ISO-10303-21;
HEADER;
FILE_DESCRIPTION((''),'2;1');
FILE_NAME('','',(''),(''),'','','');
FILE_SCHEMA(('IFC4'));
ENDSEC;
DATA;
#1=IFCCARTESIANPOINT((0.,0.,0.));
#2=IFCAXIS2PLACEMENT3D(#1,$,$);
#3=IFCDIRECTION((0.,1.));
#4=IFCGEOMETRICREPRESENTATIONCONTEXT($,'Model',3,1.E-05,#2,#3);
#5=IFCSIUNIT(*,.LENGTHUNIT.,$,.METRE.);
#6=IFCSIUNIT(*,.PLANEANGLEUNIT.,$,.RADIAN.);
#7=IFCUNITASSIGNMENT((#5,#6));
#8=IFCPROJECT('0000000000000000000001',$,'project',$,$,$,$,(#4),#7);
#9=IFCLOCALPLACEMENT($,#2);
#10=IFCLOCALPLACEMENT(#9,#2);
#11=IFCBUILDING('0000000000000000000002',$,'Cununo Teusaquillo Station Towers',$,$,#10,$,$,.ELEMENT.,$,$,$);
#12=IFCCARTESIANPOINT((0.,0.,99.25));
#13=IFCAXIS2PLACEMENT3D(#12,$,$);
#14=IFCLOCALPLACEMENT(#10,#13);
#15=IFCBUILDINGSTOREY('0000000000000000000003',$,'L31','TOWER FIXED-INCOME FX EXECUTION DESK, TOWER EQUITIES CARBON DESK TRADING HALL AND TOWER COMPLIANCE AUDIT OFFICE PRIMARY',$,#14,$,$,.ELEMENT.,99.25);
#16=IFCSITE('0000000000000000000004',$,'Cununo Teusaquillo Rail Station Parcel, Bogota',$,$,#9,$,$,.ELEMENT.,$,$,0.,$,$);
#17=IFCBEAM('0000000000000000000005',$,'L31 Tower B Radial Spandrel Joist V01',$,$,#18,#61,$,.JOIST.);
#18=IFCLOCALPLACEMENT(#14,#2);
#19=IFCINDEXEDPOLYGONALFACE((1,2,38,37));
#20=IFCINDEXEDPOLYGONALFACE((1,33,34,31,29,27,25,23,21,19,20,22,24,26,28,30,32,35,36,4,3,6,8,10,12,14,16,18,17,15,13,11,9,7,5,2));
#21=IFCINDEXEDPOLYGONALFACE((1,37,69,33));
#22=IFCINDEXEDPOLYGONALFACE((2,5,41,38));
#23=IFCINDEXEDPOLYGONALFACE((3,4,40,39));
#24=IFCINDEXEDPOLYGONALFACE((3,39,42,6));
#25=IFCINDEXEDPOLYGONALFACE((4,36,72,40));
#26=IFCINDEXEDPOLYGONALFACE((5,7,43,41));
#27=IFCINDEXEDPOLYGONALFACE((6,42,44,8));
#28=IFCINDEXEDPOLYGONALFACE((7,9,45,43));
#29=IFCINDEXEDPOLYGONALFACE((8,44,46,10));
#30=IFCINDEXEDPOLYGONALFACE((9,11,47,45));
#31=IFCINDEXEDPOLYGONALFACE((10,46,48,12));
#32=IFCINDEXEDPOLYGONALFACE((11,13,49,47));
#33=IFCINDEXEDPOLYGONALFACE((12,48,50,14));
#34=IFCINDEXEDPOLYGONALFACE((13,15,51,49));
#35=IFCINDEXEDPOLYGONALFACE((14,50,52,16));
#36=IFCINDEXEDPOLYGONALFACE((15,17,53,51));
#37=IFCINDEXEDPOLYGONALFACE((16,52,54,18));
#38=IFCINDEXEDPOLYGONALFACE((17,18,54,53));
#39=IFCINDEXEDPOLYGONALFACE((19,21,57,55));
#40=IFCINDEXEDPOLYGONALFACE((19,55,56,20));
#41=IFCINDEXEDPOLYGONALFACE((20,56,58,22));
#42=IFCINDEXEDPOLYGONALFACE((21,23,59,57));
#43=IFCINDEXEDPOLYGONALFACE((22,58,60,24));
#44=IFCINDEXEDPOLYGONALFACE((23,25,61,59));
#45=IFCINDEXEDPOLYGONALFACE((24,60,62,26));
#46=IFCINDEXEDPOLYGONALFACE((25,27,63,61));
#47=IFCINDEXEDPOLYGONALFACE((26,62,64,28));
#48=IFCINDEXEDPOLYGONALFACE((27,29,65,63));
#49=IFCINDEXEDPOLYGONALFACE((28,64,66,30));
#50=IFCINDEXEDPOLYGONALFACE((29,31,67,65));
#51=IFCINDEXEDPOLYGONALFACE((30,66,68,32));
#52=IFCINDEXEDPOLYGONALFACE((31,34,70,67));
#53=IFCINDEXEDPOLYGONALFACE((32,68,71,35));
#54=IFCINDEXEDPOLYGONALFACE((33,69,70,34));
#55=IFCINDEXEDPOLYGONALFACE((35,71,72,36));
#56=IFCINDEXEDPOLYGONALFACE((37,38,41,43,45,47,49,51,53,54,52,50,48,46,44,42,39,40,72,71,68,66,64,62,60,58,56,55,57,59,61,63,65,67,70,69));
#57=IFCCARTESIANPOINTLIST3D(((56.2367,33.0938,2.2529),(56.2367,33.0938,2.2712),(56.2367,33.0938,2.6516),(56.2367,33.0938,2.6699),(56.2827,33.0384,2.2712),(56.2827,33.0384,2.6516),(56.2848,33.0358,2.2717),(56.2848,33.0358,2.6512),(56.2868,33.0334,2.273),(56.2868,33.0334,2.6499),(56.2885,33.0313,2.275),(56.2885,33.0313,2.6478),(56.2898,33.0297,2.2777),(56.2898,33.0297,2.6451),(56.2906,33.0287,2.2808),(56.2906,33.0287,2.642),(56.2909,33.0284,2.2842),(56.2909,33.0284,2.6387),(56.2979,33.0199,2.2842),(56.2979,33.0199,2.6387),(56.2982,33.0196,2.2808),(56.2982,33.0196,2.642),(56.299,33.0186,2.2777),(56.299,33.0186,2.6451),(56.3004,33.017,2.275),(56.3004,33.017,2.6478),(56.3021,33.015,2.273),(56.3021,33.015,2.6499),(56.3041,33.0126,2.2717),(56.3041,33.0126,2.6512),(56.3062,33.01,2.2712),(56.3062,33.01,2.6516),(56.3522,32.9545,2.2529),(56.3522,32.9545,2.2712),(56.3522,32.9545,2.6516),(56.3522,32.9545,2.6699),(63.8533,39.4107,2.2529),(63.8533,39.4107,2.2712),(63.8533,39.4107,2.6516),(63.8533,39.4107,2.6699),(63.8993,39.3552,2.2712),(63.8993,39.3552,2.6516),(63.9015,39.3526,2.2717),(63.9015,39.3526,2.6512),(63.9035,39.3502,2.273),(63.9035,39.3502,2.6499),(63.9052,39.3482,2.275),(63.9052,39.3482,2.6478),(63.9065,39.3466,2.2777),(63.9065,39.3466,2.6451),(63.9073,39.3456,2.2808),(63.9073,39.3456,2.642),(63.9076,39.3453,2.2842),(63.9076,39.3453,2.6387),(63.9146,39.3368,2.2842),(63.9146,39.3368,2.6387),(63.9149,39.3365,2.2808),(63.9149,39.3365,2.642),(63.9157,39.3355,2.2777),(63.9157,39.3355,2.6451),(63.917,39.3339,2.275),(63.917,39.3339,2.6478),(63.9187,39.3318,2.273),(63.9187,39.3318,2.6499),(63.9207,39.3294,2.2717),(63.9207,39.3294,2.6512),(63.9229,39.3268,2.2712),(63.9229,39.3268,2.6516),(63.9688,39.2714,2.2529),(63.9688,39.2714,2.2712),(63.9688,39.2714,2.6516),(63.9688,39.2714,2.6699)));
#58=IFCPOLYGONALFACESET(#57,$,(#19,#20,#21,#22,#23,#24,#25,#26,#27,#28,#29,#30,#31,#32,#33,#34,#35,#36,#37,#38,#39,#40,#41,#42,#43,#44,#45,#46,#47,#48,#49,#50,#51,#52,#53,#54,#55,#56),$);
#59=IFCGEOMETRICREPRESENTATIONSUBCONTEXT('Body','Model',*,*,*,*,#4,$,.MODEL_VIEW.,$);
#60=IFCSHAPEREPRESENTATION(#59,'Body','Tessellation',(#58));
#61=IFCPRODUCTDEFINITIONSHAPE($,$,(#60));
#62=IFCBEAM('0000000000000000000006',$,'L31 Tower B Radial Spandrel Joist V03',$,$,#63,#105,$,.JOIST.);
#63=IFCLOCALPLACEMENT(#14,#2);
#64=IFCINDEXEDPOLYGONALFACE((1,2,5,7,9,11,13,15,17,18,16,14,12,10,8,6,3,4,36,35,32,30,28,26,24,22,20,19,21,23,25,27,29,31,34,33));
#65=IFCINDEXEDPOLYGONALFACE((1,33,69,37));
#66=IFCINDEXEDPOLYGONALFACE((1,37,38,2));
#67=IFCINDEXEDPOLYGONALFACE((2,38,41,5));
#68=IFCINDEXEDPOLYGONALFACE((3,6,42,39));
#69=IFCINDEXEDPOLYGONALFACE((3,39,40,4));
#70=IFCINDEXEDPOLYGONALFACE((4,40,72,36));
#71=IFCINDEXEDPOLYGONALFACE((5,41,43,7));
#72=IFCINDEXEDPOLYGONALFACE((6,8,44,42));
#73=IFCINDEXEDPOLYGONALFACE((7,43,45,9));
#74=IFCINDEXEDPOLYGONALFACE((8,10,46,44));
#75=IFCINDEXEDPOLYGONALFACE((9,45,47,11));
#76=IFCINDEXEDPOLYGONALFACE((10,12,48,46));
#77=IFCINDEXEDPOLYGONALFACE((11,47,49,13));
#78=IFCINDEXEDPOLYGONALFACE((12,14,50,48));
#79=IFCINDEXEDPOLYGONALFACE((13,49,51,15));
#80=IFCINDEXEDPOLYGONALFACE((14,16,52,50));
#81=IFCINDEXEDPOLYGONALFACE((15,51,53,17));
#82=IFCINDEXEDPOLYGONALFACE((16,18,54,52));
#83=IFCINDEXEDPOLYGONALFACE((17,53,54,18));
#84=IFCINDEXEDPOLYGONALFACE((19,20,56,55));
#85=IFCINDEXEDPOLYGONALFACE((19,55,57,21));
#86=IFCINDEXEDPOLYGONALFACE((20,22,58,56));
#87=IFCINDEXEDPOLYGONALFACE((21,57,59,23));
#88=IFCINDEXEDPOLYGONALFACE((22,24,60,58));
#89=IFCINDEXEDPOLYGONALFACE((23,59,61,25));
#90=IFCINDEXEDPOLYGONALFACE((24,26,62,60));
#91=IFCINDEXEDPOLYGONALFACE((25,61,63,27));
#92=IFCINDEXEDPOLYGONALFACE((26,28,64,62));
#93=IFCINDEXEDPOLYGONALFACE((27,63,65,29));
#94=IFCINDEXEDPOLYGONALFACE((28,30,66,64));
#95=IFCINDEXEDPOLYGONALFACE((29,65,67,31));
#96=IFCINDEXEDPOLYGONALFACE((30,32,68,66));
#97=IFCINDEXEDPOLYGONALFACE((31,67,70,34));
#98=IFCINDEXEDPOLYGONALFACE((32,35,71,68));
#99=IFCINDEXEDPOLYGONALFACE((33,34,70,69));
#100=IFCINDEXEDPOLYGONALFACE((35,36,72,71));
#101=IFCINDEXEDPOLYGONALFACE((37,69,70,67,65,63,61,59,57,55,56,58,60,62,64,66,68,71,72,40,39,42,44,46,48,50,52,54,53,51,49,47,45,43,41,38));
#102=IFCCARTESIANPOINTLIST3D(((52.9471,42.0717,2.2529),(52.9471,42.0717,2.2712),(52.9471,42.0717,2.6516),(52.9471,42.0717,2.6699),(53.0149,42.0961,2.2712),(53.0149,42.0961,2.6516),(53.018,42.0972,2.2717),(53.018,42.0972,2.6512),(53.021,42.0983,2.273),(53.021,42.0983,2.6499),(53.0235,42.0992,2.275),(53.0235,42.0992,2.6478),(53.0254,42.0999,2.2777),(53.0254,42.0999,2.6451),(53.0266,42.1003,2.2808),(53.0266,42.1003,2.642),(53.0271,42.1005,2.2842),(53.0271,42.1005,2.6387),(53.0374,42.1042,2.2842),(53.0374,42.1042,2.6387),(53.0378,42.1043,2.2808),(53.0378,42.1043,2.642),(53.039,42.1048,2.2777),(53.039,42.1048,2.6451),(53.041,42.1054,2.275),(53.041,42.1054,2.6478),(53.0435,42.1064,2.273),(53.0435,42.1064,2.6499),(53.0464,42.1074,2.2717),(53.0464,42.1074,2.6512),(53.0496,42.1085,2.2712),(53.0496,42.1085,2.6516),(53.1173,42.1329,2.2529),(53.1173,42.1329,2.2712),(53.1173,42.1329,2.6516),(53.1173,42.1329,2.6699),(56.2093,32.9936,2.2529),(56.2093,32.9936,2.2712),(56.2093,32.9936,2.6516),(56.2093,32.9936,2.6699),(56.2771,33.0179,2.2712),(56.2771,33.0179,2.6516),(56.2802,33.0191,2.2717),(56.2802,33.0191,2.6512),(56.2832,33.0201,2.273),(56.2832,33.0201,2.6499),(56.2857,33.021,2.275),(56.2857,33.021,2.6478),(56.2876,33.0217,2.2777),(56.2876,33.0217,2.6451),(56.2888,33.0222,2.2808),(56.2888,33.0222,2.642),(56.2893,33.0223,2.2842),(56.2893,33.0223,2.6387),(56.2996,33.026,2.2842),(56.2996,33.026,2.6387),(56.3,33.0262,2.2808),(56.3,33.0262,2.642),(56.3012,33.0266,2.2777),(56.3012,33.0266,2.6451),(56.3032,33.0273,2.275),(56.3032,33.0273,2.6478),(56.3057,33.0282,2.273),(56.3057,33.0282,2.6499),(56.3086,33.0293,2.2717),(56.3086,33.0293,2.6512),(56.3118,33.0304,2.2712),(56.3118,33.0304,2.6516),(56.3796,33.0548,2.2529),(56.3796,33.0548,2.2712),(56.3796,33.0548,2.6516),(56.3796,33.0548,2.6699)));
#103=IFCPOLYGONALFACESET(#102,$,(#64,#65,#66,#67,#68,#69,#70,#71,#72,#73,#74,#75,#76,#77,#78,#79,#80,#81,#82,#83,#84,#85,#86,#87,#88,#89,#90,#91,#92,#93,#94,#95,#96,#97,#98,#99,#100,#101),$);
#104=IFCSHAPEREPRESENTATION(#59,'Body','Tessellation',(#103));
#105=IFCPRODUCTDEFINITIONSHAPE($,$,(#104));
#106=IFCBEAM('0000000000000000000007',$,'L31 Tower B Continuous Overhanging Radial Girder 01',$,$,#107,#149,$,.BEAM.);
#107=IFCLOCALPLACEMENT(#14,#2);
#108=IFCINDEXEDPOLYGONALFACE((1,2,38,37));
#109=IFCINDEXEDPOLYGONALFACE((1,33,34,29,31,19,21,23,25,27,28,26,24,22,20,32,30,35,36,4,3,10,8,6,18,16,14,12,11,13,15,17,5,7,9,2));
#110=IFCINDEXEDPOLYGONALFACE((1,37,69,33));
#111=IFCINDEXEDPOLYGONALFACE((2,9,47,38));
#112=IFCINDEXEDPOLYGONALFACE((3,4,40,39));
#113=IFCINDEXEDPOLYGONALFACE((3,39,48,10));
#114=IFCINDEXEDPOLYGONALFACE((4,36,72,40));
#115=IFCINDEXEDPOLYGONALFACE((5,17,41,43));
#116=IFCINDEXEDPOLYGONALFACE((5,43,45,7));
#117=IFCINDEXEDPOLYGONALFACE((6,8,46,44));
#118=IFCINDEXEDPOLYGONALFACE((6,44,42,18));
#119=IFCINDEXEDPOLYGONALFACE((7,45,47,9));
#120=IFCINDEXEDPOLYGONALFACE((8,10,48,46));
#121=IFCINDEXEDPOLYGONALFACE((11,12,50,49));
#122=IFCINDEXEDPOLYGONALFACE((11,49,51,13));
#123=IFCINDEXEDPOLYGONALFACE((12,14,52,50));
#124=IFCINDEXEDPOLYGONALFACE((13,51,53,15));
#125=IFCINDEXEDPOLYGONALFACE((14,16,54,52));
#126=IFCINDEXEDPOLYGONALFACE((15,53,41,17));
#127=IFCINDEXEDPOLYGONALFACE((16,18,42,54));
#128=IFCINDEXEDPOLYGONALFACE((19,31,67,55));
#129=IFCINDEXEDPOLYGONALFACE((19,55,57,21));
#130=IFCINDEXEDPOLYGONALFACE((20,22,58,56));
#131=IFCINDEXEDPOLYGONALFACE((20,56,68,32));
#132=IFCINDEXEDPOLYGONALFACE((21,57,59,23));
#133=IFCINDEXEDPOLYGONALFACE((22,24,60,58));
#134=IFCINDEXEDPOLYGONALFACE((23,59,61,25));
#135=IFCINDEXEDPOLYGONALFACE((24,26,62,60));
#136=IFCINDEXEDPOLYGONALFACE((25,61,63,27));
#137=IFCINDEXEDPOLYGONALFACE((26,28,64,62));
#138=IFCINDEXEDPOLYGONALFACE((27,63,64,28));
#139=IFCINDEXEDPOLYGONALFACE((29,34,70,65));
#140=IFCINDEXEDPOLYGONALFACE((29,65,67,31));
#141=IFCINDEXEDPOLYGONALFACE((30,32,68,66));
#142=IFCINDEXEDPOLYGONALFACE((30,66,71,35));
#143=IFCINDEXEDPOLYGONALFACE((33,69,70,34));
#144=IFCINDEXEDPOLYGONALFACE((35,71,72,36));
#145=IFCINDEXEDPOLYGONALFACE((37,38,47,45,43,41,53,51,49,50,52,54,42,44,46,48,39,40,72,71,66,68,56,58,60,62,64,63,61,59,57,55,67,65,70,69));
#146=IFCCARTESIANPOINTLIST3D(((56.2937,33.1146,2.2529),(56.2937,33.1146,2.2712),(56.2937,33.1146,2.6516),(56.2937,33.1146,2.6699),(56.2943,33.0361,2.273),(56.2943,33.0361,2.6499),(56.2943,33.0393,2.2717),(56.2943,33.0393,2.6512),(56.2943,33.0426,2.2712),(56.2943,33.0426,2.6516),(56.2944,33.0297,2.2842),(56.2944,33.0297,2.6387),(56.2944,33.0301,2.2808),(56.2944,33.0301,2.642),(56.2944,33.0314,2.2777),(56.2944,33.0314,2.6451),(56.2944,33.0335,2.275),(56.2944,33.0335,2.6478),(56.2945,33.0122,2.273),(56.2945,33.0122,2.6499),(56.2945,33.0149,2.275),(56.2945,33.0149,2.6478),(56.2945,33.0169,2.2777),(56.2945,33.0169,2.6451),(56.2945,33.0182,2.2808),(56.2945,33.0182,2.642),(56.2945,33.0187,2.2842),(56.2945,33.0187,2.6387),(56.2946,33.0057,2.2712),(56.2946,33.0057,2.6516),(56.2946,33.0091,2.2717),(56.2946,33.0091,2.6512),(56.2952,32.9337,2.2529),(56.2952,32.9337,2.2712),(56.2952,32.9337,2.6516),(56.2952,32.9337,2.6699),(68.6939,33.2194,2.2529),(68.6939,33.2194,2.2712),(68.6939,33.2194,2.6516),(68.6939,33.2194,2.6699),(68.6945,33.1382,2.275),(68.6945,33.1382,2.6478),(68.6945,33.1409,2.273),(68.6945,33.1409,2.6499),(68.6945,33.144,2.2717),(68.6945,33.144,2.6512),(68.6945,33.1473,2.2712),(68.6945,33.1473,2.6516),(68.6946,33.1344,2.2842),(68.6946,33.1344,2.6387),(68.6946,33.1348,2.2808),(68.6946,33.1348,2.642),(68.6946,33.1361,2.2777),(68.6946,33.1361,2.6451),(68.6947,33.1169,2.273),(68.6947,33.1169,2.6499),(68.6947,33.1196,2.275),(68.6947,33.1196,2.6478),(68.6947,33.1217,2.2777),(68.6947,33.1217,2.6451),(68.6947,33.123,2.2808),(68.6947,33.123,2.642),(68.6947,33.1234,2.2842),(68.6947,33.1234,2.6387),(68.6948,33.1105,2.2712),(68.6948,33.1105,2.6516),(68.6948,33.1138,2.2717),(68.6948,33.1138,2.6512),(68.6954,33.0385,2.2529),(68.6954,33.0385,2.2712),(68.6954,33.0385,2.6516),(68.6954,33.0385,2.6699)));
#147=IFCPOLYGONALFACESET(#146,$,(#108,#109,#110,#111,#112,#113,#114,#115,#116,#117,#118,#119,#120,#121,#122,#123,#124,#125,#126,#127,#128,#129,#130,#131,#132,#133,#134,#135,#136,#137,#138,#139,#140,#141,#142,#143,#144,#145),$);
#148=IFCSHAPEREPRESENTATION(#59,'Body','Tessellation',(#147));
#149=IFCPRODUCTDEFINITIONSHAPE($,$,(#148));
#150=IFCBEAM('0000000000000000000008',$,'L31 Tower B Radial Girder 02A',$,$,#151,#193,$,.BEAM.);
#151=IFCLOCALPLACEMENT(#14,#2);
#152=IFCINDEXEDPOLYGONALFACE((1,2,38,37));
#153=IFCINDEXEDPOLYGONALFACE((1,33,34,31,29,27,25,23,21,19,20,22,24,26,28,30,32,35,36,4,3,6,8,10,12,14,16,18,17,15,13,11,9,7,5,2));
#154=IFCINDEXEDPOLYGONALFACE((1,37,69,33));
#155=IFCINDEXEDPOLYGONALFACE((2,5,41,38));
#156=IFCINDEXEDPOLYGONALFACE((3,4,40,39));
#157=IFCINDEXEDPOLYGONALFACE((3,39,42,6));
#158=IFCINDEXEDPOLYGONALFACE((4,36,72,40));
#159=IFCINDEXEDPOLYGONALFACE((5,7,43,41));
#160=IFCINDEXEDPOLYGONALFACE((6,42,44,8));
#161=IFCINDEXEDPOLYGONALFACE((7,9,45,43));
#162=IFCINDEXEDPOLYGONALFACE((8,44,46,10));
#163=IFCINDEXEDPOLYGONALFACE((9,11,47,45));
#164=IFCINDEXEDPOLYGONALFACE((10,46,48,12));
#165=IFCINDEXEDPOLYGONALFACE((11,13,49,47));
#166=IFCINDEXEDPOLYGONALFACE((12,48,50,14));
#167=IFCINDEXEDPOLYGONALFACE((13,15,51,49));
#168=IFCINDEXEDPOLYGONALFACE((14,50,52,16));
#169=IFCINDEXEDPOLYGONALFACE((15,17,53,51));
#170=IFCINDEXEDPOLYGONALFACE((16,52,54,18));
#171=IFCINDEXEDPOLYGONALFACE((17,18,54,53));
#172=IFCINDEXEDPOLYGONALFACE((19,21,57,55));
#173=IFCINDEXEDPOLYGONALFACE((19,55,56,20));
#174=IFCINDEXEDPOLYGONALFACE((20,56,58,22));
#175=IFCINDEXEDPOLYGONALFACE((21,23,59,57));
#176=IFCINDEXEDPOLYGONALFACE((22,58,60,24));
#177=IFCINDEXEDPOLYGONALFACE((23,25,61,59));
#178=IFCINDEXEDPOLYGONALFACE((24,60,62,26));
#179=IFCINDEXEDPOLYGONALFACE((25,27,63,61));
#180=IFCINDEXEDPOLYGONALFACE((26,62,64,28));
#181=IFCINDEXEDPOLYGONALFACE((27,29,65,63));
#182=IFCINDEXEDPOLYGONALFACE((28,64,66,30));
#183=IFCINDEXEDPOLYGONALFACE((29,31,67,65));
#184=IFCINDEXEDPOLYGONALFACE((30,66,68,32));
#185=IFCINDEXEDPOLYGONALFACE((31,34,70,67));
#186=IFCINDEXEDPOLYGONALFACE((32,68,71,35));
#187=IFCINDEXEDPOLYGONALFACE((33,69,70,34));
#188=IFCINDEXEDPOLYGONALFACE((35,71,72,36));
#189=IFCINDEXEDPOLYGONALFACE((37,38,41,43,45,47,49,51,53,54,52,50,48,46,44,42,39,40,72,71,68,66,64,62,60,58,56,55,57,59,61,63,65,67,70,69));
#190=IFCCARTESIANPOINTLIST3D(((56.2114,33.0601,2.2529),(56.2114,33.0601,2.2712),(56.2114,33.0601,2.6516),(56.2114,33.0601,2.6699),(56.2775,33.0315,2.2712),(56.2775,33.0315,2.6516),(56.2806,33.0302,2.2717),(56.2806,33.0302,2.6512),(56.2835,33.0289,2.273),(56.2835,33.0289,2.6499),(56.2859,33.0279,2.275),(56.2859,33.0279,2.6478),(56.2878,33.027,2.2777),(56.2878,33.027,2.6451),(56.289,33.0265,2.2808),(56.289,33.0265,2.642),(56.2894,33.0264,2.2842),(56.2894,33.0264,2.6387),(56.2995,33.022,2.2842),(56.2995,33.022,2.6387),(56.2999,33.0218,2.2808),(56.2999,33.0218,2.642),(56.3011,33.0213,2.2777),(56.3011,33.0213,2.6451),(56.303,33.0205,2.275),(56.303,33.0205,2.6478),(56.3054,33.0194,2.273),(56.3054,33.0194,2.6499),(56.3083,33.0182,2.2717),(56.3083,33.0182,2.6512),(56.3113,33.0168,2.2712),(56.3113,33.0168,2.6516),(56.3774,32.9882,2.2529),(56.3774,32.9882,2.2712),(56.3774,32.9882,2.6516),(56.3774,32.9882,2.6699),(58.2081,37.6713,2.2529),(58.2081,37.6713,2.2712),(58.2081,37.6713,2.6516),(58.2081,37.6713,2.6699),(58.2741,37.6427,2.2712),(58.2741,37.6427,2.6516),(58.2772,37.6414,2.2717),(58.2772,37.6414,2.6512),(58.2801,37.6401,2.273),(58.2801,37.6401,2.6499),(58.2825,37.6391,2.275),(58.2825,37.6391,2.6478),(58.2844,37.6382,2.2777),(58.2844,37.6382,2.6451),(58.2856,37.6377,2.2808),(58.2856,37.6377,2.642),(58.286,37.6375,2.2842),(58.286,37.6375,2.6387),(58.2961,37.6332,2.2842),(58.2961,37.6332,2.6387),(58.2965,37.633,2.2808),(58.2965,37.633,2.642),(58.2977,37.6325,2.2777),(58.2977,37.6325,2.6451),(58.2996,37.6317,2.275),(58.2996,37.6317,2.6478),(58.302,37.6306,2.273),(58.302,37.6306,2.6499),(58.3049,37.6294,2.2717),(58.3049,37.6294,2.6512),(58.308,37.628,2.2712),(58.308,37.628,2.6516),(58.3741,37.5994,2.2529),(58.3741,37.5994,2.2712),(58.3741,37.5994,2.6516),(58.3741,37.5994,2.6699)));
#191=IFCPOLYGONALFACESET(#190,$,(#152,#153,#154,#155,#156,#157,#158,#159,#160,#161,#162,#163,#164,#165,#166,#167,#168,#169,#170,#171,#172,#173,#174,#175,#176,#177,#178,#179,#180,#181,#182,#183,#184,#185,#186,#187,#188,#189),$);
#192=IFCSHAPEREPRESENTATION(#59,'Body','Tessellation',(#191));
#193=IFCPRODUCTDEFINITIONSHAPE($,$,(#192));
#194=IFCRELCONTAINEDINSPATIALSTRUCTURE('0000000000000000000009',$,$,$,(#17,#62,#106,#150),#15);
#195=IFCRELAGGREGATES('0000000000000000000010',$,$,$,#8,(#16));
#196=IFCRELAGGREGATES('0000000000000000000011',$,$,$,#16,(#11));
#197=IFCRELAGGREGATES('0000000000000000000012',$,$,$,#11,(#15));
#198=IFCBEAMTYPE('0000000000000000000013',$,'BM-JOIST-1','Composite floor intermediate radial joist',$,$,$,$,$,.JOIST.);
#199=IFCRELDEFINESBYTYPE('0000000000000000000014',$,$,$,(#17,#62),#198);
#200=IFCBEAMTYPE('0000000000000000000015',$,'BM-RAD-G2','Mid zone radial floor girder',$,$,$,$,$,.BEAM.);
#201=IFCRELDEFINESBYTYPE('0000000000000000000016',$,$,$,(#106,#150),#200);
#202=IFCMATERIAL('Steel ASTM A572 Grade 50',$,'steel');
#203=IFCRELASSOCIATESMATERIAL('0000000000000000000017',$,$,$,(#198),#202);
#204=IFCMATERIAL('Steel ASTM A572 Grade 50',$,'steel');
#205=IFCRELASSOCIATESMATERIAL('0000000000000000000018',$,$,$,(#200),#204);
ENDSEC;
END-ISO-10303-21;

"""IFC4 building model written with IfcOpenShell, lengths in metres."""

from ifc_helpers import new_model, si_unit, direction, frame, origin, origin_2d, place, context, subcontext, project, spatial, i_section, extrude, material, material_profile, profile_set, type_object, element, save


model = new_model("IFC4")

# Units and contexts
model_context = context("Model", 3, precision=1e-05, world=origin(), true_north=direction((0.0, 1.0)))
body_context = subcontext(model_context, "Body", "Model", "MODEL_VIEW")
ifc_project = project(units=[si_unit("LENGTHUNIT", "METRE"), si_unit("PLANEANGLEUNIT", "RADIAN")], contexts=[model_context])

# Site, building, storey
site_placement = place(None, origin())
site = spatial("IfcSite", under=ifc_project, at=site_placement, Name="Cununo Teusaquillo Rail Station Parcel, Bogota", CompositionType="ELEMENT", RefElevation=0.0)
building_placement = place(site_placement, origin())
building = spatial("IfcBuilding", under=site, at=building_placement, Name="Cununo Teusaquillo Station Towers", CompositionType="ELEMENT")
storey_placement = place(building_placement, frame((0.0, 0.0, 99.25)))
storey = spatial("IfcBuildingStorey", under=building, at=storey_placement, Name="L31", Description="TOWER FIXED-INCOME FX EXECUTION DESK, TOWER EQUITIES CARBON DESK TRADING HALL AND TOWER COMPLIANCE AUDIT OFFICE PRIMARY", CompositionType="ELEMENT", Elevation=99.25)

# Beams
ifc_material_1 = material(Name="Steel ASTM A572 Grade 50", Category="steel")
ifc_material_profile_1 = material_profile(ifc_material_1, i_section(OverallWidth=0.1809, OverallDepth=0.417, WebThickness=0.011, FlangeThickness=0.0183, FilletRadius=0.0129, at=origin_2d()), Name="W16X57")
ifc_profile_set_1 = profile_set([ifc_material_profile_1], Name="Steel ASTM A572 Grade 50")
beam_type_1 = type_object("IfcBeamType", Name="BM-JOIST-1", Description="Composite floor intermediate radial joist", PredefinedType="JOIST", material=ifc_profile_set_1)
beam_1_placement = place(storey_placement, frame((56.2944, 33.0242, 2.4614), z_axis=(0.769728, 0.638372, 0.0), x_axis=(-0.638372, 0.769728, 0.0)))
element("IfcBeam", 1, at=beam_1_placement, inside=storey, type_object=beam_type_1, Name="L31 Tower B Radial Spandrel Joist V01", PredefinedType="JOIST", context=body_context, shape_type="SweptSolid", body=[
    extrude(i_section(OverallWidth=0.1809, OverallDepth=0.417, WebThickness=0.011, FlangeThickness=0.0183, FilletRadius=0.0129, at=origin_2d()), origin(), (0.0, 0.0, 1.0), 9.8953),
])
beam_2_placement = place(storey_placement, frame((56.2944, 33.0242, 2.4614), z_axis=(-0.338176, 0.941083, 0.0), x_axis=(-0.941083, -0.338176, 0.0)))
element("IfcBeam", 2, at=beam_2_placement, inside=storey, type_object=beam_type_1, Name="L31 Tower B Radial Spandrel Joist V03", PredefinedType="JOIST", context=body_context, shape_type="SweptSolid", body=[
    extrude(i_section(OverallWidth=0.1809, OverallDepth=0.417, WebThickness=0.011, FlangeThickness=0.0183, FilletRadius=0.0129, at=origin_2d()), origin(), (0.0, 0.0, 1.0), 9.6465),
])
ifc_material_2 = material(Name="Steel ASTM A572 Grade 50", Category="steel")
ifc_material_profile_2 = material_profile(ifc_material_2, i_section(OverallWidth=0.1809, OverallDepth=0.417, WebThickness=0.011, FlangeThickness=0.0183, FilletRadius=0.0129, at=origin_2d()), Name="W16X57")
ifc_profile_set_2 = profile_set([ifc_material_profile_2], Name="Steel ASTM A572 Grade 50")
beam_type_2 = type_object("IfcBeamType", Name="BM-RAD-G2", Description="Mid zone radial floor girder", PredefinedType="BEAM", material=ifc_profile_set_2)
beam_3_placement = place(storey_placement, frame((56.2944, 33.0242, 2.4614), z_axis=(0.999964, 0.008446, 0.0), x_axis=(-0.008446, 0.999964, 0.0)))
element("IfcBeam", 3, at=beam_3_placement, inside=storey, type_object=beam_type_2, Name="L31 Tower B Continuous Overhanging Radial Girder 01", PredefinedType="BEAM", context=body_context, shape_type="SweptSolid", body=[
    extrude(i_section(OverallWidth=0.1809, OverallDepth=0.417, WebThickness=0.011, FlangeThickness=0.0183, FilletRadius=0.0129, at=origin_2d()), origin(), (0.0, 0.0, 1.0), 12.4006),
])
beam_4_placement = place(storey_placement, frame((56.2944, 33.0242, 2.4614), z_axis=(0.397347, 0.917668, 0.0), x_axis=(-0.917668, 0.397347, 0.0)))
element("IfcBeam", 4, at=beam_4_placement, inside=storey, type_object=beam_type_2, Name="L31 Tower B Radial Girder 02A", PredefinedType="BEAM", context=body_context, shape_type="SweptSolid", body=[
    extrude(i_section(OverallWidth=0.1809, OverallDepth=0.417, WebThickness=0.011, FlangeThickness=0.0183, FilletRadius=0.0129, at=origin_2d()), origin(), (0.0, 0.0, 1.0), 5.0249),
])

save(model, "model.ifc")
